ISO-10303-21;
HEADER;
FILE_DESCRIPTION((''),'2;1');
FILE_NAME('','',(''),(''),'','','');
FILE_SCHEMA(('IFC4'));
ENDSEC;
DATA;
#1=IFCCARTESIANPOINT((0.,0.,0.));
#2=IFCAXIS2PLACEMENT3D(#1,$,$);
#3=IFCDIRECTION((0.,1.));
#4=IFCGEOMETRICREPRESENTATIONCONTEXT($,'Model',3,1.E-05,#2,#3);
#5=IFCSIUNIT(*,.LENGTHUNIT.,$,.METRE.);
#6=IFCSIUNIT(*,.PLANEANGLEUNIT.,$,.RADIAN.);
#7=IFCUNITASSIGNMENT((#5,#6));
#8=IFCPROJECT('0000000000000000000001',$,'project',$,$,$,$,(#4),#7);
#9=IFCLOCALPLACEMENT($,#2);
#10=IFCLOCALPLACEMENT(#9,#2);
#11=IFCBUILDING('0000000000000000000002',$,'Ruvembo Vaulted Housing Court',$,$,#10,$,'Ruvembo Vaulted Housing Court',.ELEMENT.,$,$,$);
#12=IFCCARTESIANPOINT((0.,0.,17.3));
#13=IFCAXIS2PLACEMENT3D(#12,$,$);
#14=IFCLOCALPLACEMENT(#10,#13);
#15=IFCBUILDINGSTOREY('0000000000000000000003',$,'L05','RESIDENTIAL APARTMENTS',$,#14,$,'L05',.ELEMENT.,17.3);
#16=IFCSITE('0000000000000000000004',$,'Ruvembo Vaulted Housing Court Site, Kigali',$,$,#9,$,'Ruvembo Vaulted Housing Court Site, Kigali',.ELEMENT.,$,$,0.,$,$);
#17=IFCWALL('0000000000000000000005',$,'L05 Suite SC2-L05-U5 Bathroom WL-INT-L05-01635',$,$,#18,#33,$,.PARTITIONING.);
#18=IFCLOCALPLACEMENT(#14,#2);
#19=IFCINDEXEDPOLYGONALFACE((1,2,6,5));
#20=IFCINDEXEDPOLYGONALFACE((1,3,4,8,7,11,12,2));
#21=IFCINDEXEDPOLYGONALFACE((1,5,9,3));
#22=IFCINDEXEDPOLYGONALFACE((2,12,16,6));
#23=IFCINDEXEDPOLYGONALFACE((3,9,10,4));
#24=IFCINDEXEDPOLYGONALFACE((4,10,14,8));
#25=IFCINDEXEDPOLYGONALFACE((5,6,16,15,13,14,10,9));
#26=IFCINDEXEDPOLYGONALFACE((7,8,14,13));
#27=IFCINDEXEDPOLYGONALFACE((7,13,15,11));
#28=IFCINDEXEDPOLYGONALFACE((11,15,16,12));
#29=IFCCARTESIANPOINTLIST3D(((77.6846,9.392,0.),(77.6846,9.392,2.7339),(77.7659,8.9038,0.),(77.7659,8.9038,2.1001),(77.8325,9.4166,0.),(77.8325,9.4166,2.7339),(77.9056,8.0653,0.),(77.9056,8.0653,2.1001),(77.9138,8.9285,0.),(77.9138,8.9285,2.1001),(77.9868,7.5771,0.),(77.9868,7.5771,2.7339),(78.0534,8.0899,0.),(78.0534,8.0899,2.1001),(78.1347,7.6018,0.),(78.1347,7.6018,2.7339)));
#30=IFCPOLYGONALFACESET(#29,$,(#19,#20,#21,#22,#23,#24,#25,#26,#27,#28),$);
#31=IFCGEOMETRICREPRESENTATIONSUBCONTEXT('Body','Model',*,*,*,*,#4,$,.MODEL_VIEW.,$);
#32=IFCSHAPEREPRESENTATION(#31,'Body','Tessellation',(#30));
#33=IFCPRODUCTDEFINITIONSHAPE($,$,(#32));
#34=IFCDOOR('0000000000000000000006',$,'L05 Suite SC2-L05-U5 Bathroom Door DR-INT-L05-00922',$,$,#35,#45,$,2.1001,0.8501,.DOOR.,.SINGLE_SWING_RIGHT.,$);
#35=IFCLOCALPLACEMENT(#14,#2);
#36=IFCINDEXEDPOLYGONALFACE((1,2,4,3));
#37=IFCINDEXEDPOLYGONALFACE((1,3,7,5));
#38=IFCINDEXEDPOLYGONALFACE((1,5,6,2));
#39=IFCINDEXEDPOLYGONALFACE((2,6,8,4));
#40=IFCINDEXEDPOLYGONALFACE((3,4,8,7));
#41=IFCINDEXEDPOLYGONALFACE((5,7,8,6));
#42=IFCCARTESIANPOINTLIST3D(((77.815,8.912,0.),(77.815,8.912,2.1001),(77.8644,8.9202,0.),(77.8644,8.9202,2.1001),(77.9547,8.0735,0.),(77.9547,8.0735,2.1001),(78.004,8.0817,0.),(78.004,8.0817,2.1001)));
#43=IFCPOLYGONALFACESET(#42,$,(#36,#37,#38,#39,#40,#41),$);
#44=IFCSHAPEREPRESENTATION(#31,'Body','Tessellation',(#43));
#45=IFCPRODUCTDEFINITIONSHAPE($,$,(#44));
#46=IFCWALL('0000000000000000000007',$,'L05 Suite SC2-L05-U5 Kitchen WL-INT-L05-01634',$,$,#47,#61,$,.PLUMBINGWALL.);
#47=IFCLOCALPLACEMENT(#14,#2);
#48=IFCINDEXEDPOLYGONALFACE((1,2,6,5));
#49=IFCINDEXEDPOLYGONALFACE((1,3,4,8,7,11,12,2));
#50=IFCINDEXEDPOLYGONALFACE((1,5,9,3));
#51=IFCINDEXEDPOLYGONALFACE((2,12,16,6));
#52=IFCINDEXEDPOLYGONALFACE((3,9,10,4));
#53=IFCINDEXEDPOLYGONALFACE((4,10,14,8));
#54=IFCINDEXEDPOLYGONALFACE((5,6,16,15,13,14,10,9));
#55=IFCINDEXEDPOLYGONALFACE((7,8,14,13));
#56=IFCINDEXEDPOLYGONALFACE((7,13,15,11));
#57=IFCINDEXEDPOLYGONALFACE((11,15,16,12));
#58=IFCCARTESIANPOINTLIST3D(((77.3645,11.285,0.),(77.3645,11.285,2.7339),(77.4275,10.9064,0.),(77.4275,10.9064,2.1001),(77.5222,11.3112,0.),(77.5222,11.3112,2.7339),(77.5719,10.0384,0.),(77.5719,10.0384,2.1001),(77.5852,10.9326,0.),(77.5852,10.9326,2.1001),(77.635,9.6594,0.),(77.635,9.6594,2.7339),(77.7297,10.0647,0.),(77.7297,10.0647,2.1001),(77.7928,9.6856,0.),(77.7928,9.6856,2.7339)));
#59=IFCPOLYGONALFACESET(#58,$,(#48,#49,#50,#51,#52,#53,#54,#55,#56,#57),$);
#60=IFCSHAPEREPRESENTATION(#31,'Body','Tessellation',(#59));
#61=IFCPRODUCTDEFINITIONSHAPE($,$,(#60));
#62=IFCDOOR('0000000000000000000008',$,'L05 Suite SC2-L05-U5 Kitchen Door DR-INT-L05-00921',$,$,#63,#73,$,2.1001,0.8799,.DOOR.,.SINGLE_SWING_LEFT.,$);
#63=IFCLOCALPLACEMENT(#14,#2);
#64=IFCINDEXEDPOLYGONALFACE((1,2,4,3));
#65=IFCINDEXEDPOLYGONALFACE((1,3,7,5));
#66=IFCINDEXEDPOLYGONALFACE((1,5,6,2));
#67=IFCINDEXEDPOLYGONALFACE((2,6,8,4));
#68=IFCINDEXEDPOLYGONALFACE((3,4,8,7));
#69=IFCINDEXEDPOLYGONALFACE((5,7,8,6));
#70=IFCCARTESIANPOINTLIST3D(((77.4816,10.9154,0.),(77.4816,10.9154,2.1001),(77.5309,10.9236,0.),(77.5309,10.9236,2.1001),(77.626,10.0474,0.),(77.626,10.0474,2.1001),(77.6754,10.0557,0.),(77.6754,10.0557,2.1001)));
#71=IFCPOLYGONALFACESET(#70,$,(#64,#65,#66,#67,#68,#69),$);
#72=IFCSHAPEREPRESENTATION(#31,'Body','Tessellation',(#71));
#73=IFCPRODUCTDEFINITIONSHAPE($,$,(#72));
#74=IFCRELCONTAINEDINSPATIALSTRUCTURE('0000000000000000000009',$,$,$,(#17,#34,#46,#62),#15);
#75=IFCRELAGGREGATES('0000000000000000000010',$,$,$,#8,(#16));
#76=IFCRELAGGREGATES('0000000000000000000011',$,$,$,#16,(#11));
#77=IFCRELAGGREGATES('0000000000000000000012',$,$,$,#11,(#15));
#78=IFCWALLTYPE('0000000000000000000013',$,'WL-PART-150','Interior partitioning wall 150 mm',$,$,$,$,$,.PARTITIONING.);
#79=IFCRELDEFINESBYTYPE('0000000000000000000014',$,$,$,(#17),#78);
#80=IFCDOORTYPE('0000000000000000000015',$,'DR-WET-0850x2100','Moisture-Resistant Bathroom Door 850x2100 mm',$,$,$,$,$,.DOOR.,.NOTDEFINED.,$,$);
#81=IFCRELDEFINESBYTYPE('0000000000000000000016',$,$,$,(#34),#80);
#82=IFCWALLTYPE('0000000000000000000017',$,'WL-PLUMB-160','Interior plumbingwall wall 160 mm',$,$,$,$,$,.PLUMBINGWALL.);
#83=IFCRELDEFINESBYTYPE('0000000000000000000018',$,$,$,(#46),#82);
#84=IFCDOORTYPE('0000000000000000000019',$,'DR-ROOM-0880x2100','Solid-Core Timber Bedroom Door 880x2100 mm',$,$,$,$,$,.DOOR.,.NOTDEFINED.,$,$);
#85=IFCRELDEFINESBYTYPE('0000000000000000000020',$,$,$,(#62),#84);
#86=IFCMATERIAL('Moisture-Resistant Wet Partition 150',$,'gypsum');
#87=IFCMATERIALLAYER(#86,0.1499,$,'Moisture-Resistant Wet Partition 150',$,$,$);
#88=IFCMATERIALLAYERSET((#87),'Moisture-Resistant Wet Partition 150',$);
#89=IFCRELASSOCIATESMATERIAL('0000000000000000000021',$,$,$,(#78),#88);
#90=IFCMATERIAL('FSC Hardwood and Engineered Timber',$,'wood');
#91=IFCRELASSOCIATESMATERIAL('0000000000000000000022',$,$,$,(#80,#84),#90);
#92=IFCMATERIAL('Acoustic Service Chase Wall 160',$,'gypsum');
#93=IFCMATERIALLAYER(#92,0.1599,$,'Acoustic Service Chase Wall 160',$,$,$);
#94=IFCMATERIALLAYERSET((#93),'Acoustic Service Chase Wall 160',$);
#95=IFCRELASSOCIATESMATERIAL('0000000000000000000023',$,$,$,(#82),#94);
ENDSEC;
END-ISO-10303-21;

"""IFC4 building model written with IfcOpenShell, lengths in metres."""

from ifc_helpers import new_model, si_unit, direction, frame, frame_2d, origin, place, context, subcontext, project, spatial, rectangle, extrude, material, layer, layer_set, type_object, element, fill, save


model = new_model("IFC4")

# Units and contexts
model_context = context("Model", 3, precision=1e-05, world=origin(), true_north=direction((0.0, 1.0)))
body_context = subcontext(model_context, "Body", "Model", "MODEL_VIEW")
ifc_project = project(units=[si_unit("LENGTHUNIT", "METRE"), si_unit("PLANEANGLEUNIT", "RADIAN")], contexts=[model_context])

# Site, building, storey
site_placement = place(None, origin())
site = spatial("IfcSite", under=ifc_project, at=site_placement, Name="Ruvembo Vaulted Housing Court Site, Kigali", LongName="Ruvembo Vaulted Housing Court Site, Kigali", CompositionType="ELEMENT", RefElevation=0.0)
building_placement = place(site_placement, origin())
building = spatial("IfcBuilding", under=site, at=building_placement, Name="Ruvembo Vaulted Housing Court", LongName="Ruvembo Vaulted Housing Court", CompositionType="ELEMENT")
storey_placement = place(building_placement, frame((0.0, 0.0, 17.3)))
storey = spatial("IfcBuildingStorey", under=building, at=storey_placement, Name="L05", Description="RESIDENTIAL APARTMENTS", LongName="L05", CompositionType="ELEMENT", Elevation=17.3)

# Shared definitions
ifc_material_1 = material(Name="FSC Hardwood and Engineered Timber", Category="wood")

# Walls, openings, doors
ifc_material_2 = material(Name="Moisture-Resistant Wet Partition 150", Category="gypsum")
ifc_layer_1 = layer(ifc_material_2, 0.1499, Name="Moisture-Resistant Wet Partition 150")
ifc_layer_set_1 = layer_set([ifc_layer_1], Name="Moisture-Resistant Wet Partition 150")
wall_type_1 = type_object("IfcWallType", Name="WL-PART-150", Description="Interior partitioning wall 150 mm", PredefinedType="PARTITIONING", material=ifc_layer_set_1)
wall_1_placement = place(storey_placement, frame((77.7585, 9.4043, 0.0), z_axis=(0.0, 0.0, 1.0), x_axis=(0.16427, -0.986415, 0.0)))
wall_1 = element("IfcWall", 1, at=wall_1_placement, inside=storey, type_object=wall_type_1, Name="L05 Suite SC2-L05-U5 Bathroom WL-INT-L05-01635", PredefinedType="PARTITIONING", context=body_context, shape_type="SweptSolid", body=[
    extrude(rectangle(XDim=1.8398, YDim=0.1499, at=frame_2d((0.9199, 0.0))), origin(), (0.0, 0.0, 1.0), 2.7339),
])
opening_1_placement = place(wall_1_placement, frame((0.4949, 0.0, 0.0)))
opening_1 = element("IfcOpeningElement", 2, at=opening_1_placement, cuts=wall_1, PredefinedType="OPENING", context=body_context, shape_type="SweptSolid", body=[
    extrude(rectangle(XDim=0.8501, YDim=2.1001, at=frame_2d((0.425, 1.05))), frame((0.0, 0.085, 0.0), z_axis=(0.0, -1.0, 0.0), x_axis=(1.0, 0.0, 0.0)), (0.0, 0.0, 1.0), 0.1699),
])
door_type_1 = type_object("IfcDoorType", Name="DR-WET-0850x2100", Description="Moisture-Resistant Bathroom Door 850x2100 mm", OperationType="NOTDEFINED", PredefinedType="DOOR", material=ifc_material_1)
door_1_placement = place(opening_1_placement, origin())
door_1 = element("IfcDoor", 3, at=door_1_placement, inside=storey, type_object=door_type_1, Name="L05 Suite SC2-L05-U5 Bathroom Door DR-INT-L05-00922", OperationType="SINGLE_SWING_RIGHT", OverallHeight=2.1001, OverallWidth=0.8501, PredefinedType="DOOR", context=body_context, shape_type="SweptSolid", body=[
    extrude(rectangle(XDim=0.8501, YDim=2.1001, at=frame_2d((0.425, 1.05))), frame((0.0, 0.0249, 0.0), z_axis=(0.0, -1.0, 0.0), x_axis=(1.0, 0.0, 0.0)), (0.0, 0.0, 1.0), 0.05),
])
fill(opening_1, door_1)
ifc_material_3 = material(Name="Acoustic Service Chase Wall 160", Category="gypsum")
ifc_layer_2 = layer(ifc_material_3, 0.1599, Name="Acoustic Service Chase Wall 160")
ifc_layer_set_2 = layer_set([ifc_layer_2], Name="Acoustic Service Chase Wall 160")
wall_type_2 = type_object("IfcWallType", Name="WL-PLUMB-160", Description="Interior plumbingwall wall 160 mm", PredefinedType="PLUMBINGWALL", material=ifc_layer_set_2)
wall_2_placement = place(storey_placement, frame((77.4434, 11.2981, 0.0), z_axis=(0.0, 0.0, 1.0), x_axis=(0.164159, -0.986434, 0.0)))
wall_2 = element("IfcWall", 4, at=wall_2_placement, inside=storey, type_object=wall_type_2, Name="L05 Suite SC2-L05-U5 Kitchen WL-INT-L05-01634", PredefinedType="PLUMBINGWALL", context=body_context, shape_type="SweptSolid", body=[
    extrude(rectangle(XDim=1.6479, YDim=0.1599, at=frame_2d((0.824, 0.0))), origin(), (0.0, 0.0, 1.0), 2.7339),
])
opening_2_placement = place(wall_2_placement, frame((0.3838, 0.0, 0.0)))
opening_2 = element("IfcOpeningElement", 5, at=opening_2_placement, cuts=wall_2, PredefinedType="OPENING", context=body_context, shape_type="SweptSolid", body=[
    extrude(rectangle(XDim=0.8799, YDim=2.1001, at=frame_2d((0.4399, 1.05))), frame((0.0, 0.0898, 0.0), z_axis=(0.0, -1.0, 0.0), x_axis=(1.0, 0.0, 0.0)), (0.0, 0.0, 1.0), 0.1799),
])
door_type_2 = type_object("IfcDoorType", Name="DR-ROOM-0880x2100", Description="Solid-Core Timber Bedroom Door 880x2100 mm", OperationType="NOTDEFINED", PredefinedType="DOOR", material=ifc_material_1)
door_2_placement = place(opening_2_placement, origin())
door_2 = element("IfcDoor", 6, at=door_2_placement, inside=storey, type_object=door_type_2, Name="L05 Suite SC2-L05-U5 Kitchen Door DR-INT-L05-00921", OperationType="SINGLE_SWING_LEFT", OverallHeight=2.1001, OverallWidth=0.8799, PredefinedType="DOOR", context=body_context, shape_type="SweptSolid", body=[
    extrude(rectangle(XDim=0.8799, YDim=2.1001, at=frame_2d((0.4399, 1.05))), frame((0.0, 0.0249, 0.0), z_axis=(0.0, -1.0, 0.0), x_axis=(1.0, 0.0, 0.0)), (0.0, 0.0, 1.0), 0.05),
])
fill(opening_2, door_2)

save(model, "model.ifc")
